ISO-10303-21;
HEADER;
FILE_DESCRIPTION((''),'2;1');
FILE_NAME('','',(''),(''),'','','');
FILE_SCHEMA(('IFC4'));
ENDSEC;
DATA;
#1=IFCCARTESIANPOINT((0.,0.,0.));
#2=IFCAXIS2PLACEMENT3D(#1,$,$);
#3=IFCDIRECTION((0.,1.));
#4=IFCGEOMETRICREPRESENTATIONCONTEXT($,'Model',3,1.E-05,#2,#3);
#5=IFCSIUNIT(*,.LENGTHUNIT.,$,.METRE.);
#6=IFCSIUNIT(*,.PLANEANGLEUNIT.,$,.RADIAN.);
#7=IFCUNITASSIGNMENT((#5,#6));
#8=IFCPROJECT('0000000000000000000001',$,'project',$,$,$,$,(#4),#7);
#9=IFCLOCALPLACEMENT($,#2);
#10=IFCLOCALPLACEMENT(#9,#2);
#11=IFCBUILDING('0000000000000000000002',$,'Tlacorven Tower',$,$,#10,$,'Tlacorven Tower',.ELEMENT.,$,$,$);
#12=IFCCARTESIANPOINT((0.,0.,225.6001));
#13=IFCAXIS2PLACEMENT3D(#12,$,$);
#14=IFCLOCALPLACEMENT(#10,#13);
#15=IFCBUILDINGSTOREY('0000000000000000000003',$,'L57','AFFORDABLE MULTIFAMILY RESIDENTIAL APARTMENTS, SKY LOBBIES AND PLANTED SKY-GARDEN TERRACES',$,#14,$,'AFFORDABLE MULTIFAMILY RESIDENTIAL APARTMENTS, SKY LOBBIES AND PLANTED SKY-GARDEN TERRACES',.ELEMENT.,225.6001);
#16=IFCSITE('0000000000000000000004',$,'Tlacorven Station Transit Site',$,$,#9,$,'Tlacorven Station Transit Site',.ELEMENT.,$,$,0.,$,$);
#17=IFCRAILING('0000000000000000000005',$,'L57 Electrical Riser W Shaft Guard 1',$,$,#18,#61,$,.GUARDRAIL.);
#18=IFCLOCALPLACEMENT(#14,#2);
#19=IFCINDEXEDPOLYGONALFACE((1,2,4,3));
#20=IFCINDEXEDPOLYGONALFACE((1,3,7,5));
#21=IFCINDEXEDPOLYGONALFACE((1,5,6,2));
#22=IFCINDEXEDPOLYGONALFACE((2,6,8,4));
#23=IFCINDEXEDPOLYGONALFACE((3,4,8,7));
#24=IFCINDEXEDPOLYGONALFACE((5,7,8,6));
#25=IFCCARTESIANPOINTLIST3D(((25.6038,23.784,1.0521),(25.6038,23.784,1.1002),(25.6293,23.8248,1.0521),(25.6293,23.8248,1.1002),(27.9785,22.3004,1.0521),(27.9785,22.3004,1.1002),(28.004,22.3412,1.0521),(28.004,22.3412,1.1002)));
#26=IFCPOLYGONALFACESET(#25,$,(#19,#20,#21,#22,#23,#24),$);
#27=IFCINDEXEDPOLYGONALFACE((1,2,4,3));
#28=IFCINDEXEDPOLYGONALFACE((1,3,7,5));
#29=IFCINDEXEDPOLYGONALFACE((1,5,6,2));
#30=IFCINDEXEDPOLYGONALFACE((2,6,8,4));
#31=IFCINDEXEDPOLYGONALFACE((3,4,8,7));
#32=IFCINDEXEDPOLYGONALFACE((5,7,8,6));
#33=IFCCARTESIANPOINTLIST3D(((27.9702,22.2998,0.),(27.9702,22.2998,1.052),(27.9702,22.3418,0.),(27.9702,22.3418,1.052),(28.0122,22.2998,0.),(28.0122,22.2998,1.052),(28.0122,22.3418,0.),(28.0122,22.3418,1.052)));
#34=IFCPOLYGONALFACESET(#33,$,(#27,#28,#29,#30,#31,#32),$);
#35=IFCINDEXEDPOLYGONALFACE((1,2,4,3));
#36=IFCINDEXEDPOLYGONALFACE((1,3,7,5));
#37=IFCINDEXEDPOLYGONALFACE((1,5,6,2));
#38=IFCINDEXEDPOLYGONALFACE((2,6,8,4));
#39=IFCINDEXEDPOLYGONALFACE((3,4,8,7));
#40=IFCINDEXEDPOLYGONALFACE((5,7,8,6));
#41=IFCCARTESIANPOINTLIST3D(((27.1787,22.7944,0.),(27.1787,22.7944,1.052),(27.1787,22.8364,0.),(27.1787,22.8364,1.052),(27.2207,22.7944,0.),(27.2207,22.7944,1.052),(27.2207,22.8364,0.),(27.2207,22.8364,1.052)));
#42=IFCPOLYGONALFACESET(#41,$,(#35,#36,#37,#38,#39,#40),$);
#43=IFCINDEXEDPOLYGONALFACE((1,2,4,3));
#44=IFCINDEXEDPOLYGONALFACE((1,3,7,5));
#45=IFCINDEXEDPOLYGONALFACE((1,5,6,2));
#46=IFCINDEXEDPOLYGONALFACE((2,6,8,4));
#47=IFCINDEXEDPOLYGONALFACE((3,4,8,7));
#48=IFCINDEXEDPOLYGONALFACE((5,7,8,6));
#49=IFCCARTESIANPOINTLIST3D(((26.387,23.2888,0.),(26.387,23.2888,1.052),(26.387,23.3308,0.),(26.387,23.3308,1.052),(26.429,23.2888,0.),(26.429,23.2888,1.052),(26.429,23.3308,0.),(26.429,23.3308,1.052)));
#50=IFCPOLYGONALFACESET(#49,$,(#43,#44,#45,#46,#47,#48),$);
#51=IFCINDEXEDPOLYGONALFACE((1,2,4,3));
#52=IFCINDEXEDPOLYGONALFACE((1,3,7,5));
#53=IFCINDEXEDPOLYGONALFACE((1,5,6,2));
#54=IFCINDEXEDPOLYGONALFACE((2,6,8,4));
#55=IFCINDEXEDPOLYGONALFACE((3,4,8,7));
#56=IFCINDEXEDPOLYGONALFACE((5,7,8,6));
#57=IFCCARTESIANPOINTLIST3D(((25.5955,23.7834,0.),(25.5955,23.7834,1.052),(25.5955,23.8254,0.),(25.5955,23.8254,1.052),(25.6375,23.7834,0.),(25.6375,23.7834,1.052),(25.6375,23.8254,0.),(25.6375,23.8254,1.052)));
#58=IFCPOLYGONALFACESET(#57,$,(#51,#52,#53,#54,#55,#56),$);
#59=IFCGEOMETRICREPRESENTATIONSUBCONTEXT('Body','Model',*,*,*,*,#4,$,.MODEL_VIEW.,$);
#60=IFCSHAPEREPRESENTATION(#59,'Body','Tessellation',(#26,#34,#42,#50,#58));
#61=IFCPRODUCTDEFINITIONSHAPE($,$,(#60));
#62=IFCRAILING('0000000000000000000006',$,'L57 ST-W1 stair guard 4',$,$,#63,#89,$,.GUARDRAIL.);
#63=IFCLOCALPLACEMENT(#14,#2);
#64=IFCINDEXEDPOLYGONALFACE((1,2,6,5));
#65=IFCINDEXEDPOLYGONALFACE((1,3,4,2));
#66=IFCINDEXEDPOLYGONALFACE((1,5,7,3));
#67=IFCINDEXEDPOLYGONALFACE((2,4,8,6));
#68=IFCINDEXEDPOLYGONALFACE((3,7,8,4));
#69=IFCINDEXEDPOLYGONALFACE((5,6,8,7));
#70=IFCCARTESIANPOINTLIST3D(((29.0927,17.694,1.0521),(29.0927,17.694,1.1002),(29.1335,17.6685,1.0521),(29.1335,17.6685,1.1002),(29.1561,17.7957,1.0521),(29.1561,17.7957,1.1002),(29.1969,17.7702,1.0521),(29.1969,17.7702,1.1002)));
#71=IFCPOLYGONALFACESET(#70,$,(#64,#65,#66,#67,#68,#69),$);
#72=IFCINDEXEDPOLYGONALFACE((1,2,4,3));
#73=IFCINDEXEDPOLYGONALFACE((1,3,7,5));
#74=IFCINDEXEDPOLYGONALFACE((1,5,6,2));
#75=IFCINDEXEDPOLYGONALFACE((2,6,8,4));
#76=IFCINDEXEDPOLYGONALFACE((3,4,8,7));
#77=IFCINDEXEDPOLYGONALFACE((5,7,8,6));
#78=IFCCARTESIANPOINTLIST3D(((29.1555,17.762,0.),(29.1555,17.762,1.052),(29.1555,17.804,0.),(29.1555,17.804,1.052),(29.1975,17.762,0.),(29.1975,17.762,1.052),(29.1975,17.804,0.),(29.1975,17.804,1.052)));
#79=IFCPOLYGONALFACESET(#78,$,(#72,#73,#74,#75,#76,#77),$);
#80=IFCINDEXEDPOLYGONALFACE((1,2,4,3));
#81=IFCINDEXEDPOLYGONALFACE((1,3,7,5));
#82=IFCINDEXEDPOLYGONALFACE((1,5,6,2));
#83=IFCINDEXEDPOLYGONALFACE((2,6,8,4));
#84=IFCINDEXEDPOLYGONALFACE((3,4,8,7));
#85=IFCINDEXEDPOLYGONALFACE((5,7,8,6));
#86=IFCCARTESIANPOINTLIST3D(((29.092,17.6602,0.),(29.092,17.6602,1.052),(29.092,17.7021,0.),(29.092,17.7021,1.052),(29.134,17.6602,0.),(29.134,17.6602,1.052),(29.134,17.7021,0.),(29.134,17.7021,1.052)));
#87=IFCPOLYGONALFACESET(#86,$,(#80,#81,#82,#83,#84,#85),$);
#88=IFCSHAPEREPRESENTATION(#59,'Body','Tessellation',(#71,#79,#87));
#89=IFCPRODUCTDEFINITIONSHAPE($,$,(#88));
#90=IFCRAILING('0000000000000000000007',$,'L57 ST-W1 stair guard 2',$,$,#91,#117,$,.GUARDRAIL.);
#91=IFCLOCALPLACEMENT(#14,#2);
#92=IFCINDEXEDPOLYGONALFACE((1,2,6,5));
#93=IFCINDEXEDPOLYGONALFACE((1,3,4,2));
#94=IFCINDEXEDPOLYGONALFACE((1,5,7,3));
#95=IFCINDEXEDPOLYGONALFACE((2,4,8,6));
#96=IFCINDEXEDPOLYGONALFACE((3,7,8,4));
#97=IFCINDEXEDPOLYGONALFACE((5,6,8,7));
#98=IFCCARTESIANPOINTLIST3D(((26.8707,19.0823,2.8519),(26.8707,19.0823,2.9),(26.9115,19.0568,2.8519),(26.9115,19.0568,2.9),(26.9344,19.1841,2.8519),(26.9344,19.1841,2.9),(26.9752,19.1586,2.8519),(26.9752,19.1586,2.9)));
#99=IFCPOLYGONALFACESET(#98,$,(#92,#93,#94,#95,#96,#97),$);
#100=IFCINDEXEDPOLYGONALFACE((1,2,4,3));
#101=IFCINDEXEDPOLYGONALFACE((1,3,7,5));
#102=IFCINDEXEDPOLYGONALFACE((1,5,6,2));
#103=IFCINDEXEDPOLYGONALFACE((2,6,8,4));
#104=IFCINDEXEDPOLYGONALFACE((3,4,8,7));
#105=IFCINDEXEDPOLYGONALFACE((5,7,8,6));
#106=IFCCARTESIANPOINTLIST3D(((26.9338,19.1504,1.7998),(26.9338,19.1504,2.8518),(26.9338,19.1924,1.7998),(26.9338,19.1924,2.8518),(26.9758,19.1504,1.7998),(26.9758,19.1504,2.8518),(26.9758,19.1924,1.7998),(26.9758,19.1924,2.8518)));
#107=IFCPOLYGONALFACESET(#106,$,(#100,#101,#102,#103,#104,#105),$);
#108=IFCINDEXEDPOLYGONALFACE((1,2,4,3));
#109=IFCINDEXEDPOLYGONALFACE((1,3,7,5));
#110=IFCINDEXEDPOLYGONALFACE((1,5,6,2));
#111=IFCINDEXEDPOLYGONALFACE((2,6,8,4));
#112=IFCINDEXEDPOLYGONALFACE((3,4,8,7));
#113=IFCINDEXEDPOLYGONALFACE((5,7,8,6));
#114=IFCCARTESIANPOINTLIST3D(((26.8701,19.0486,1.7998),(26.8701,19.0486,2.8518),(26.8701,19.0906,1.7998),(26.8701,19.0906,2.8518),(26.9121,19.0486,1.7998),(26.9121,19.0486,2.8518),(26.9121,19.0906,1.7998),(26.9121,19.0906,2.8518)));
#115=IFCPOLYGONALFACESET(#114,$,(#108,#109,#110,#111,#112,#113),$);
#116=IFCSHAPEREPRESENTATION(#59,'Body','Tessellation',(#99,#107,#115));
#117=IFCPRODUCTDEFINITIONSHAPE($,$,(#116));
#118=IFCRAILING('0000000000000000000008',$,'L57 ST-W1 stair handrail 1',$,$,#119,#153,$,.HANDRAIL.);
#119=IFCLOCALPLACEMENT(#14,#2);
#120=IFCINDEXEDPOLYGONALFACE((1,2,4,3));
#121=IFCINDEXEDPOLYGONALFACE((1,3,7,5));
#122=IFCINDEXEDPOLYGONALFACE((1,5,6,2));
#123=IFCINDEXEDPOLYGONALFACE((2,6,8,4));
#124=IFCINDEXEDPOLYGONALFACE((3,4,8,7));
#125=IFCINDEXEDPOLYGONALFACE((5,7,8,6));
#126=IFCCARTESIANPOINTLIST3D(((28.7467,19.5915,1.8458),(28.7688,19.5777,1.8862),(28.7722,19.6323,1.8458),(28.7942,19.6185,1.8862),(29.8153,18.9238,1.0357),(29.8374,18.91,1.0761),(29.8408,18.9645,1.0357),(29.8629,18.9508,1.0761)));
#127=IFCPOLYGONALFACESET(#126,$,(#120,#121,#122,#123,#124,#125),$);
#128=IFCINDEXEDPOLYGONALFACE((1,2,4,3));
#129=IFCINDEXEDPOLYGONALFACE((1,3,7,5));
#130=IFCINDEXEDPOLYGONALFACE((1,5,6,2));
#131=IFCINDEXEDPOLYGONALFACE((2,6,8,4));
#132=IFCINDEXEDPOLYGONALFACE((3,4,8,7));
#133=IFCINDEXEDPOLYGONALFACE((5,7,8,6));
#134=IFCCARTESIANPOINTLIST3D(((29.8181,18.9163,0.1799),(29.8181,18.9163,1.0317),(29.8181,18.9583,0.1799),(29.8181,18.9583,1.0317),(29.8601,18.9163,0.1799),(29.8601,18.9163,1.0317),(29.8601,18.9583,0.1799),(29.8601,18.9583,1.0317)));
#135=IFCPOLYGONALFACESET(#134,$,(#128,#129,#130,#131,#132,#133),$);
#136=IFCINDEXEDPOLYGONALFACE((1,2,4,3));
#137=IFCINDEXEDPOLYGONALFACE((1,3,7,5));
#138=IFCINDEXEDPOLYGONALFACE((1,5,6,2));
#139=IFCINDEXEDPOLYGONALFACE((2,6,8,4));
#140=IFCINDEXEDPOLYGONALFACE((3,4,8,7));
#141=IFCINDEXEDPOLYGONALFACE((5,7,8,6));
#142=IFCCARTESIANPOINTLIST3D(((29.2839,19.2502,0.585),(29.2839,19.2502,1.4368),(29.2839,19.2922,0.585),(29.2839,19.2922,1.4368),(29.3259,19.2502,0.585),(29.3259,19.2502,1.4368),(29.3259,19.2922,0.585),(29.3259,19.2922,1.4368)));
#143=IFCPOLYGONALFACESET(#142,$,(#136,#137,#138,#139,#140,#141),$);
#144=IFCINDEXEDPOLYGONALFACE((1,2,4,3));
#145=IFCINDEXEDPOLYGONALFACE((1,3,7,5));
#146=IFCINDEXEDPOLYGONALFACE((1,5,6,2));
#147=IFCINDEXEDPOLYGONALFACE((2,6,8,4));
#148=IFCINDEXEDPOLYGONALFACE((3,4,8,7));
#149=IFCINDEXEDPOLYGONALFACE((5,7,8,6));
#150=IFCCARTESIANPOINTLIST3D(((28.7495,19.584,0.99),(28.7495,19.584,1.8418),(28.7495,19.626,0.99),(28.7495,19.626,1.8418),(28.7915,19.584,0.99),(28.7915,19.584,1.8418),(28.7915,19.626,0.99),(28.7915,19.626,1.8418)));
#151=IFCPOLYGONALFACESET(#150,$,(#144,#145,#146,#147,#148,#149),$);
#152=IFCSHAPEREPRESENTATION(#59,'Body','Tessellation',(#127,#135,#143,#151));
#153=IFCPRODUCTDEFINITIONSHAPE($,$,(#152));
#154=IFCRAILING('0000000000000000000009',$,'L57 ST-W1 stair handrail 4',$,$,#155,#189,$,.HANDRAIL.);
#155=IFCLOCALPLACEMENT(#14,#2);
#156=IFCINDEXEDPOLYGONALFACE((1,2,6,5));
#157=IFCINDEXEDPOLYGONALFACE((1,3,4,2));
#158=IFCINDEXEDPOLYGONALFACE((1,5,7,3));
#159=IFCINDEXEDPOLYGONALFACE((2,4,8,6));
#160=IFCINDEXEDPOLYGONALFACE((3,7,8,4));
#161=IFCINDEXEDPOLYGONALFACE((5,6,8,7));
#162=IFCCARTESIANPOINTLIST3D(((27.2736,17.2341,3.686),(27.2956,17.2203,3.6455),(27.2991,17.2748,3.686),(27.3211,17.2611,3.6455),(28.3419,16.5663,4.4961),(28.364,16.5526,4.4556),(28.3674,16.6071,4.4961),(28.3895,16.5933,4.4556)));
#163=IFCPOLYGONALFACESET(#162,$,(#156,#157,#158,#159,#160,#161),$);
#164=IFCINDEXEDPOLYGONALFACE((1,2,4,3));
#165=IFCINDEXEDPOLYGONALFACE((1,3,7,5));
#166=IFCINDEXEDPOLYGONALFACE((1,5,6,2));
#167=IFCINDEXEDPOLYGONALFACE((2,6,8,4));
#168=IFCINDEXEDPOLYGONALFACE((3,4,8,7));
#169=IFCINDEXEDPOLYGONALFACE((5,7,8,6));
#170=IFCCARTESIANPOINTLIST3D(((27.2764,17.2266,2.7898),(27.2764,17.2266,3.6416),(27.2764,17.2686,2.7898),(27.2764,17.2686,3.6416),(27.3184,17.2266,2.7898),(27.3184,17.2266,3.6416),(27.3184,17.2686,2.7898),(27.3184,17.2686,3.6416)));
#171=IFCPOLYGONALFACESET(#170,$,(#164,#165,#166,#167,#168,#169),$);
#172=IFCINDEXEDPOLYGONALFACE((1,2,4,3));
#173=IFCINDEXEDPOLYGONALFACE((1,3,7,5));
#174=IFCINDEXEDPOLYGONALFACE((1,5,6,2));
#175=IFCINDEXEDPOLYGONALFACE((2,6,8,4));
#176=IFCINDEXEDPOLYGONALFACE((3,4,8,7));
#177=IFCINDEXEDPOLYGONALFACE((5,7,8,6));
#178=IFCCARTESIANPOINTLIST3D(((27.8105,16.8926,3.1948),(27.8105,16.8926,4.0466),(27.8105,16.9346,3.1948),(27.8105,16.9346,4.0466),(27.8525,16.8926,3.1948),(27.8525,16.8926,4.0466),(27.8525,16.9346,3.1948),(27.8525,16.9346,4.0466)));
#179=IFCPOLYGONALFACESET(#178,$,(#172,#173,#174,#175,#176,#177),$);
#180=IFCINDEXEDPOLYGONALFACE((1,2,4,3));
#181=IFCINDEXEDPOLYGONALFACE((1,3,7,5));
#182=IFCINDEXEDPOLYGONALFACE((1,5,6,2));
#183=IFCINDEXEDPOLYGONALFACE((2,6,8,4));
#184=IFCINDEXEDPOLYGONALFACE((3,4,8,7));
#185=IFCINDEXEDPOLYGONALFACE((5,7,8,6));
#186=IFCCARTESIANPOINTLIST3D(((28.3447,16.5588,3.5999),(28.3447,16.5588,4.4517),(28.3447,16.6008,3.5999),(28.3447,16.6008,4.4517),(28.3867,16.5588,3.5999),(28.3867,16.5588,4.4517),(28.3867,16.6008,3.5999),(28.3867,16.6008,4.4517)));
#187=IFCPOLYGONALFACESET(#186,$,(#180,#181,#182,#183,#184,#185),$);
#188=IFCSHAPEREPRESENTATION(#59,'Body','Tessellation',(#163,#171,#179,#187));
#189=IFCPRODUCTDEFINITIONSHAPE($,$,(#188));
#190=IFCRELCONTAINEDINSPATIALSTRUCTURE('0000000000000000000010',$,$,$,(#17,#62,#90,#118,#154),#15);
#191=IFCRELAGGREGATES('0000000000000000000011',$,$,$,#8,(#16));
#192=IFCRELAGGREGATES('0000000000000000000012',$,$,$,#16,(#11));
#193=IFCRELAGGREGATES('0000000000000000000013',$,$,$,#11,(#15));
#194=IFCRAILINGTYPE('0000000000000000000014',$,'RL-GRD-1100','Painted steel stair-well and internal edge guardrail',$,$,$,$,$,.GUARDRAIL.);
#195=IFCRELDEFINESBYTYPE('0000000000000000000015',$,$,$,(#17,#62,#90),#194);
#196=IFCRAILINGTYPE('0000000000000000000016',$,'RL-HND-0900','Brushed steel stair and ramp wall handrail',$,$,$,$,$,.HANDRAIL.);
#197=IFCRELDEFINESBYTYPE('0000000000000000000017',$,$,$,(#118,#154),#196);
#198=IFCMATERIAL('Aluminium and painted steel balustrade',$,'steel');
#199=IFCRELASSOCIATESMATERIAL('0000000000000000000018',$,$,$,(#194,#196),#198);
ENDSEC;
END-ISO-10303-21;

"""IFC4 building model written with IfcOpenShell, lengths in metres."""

from ifc_helpers import new_model, si_unit, direction, frame, origin, origin_2d, place, context, subcontext, project, spatial, rectangle, extrude, source, transform, mapped, material, type_object, element, save


model = new_model("IFC4")

# Units and contexts
model_context = context("Model", 3, precision=1e-05, world=origin(), true_north=direction((0.0, 1.0)))
body_context = subcontext(model_context, "Body", "Model", "MODEL_VIEW")
ifc_project = project(units=[si_unit("LENGTHUNIT", "METRE"), si_unit("PLANEANGLEUNIT", "RADIAN")], contexts=[model_context])

# Site, building, storey
site_placement = place(None, origin())
site = spatial("IfcSite", under=ifc_project, at=site_placement, Name="Tlacorven Station Transit Site", LongName="Tlacorven Station Transit Site", CompositionType="ELEMENT", RefElevation=0.0)
building_placement = place(site_placement, origin())
building = spatial("IfcBuilding", under=site, at=building_placement, Name="Tlacorven Tower", LongName="Tlacorven Tower", CompositionType="ELEMENT")
storey_placement = place(building_placement, frame((0.0, 0.0, 225.6001)))
storey = spatial("IfcBuildingStorey", under=building, at=storey_placement, Name="L57", Description="AFFORDABLE MULTIFAMILY RESIDENTIAL APARTMENTS, SKY LOBBIES AND PLANTED SKY-GARDEN TERRACES", LongName="AFFORDABLE MULTIFAMILY RESIDENTIAL APARTMENTS, SKY LOBBIES AND PLANTED SKY-GARDEN TERRACES", CompositionType="ELEMENT", Elevation=225.6001)

# Railings
ifc_material_1 = material(Name="Aluminium and painted steel balustrade", Category="steel")
railing_type_1 = type_object("IfcRailingType", Name="RL-GRD-1100", Description="Painted steel stair-well and internal edge guardrail", PredefinedType="GUARDRAIL", material=ifc_material_1)
shared_shape_1 = source(origin(), body_context, "Body", "SweptSolid", [
    extrude(rectangle(XDim=0.0481, YDim=0.0481, at=origin_2d()), frame((0.0, 0.0, 1.0762), z_axis=(-0.848091, 0.52985, 0.0), x_axis=(-0.52985, -0.848091, 0.0)), (0.0, 0.0, 1.0), 2.8),
    extrude(rectangle(XDim=0.042, YDim=0.042, at=origin_2d()), origin(), (0.0, 0.0, 1.0), 1.052),
    extrude(rectangle(XDim=0.042, YDim=0.042, at=origin_2d()), frame((-0.7915, 0.4946, 0.0)), (0.0, 0.0, 1.0), 1.052),
    extrude(rectangle(XDim=0.042, YDim=0.042, at=origin_2d()), frame((-1.5833, 0.989, 0.0)), (0.0, 0.0, 1.0), 1.052),
    extrude(rectangle(XDim=0.042, YDim=0.042, at=origin_2d()), frame((-2.3748, 1.4836, 0.0)), (0.0, 0.0, 1.0), 1.052),
])
railing_1_placement = place(storey_placement, frame((27.9912, 22.3208, 0.0)))
element("IfcRailing", 1, at=railing_1_placement, inside=storey, type_object=railing_type_1, Name="L57 Electrical Riser W Shaft Guard 1", PredefinedType="GUARDRAIL", context=body_context, shape_type="MappedRepresentation", body=[
    mapped(shared_shape_1, transform((0.0, 0.0, 0.0), scale=1.0)),
])
shared_shape_2 = source(origin(), body_context, "Body", "SweptSolid", [
    extrude(rectangle(XDim=0.0481, YDim=0.0481, at=origin_2d()), frame((0.0, 0.0, 1.0762), z_axis=(-0.529084, -0.848569, 0.0), x_axis=(0.848569, -0.529084, 0.0)), (0.0, 0.0, 1.0), 0.1199),
    extrude(rectangle(XDim=0.042, YDim=0.042, at=origin_2d()), origin(), (0.0, 0.0, 1.0), 1.052),
    extrude(rectangle(XDim=0.042, YDim=0.042, at=origin_2d()), frame((-0.0635, -0.1018, 0.0)), (0.0, 0.0, 1.0), 1.052),
])
railing_2_placement = place(storey_placement, frame((29.1765, 17.783, 0.0)))
element("IfcRailing", 2, at=railing_2_placement, inside=storey, type_object=railing_type_1, Name="L57 ST-W1 stair guard 4", PredefinedType="GUARDRAIL", context=body_context, shape_type="MappedRepresentation", body=[
    mapped(shared_shape_2, transform((0.0, 0.0, 0.0), scale=1.0)),
])
shared_shape_3 = source(origin(), body_context, "Body", "SweptSolid", [
    extrude(rectangle(XDim=0.0481, YDim=0.0481, at=origin_2d()), frame((0.0, 0.0, 1.0762), z_axis=(-0.530547, -0.847656, 0.0), x_axis=(0.847656, -0.530547, 0.0)), (0.0, 0.0, 1.0), 0.1201),
    extrude(rectangle(XDim=0.042, YDim=0.042, at=origin_2d()), origin(), (0.0, 0.0, 1.0), 1.052),
    extrude(rectangle(XDim=0.042, YDim=0.042, at=origin_2d()), frame((-0.0637, -0.1018, 0.0)), (0.0, 0.0, 1.0), 1.052),
])
railing_3_placement = place(storey_placement, frame((26.9548, 19.1714, 1.7998)))
element("IfcRailing", 3, at=railing_3_placement, inside=storey, type_object=railing_type_1, Name="L57 ST-W1 stair guard 2", PredefinedType="GUARDRAIL", context=body_context, shape_type="MappedRepresentation", body=[
    mapped(shared_shape_3, transform((0.0, 0.0, 0.0), scale=1.0)),
])
railing_type_2 = type_object("IfcRailingType", Name="RL-HND-0900", Description="Brushed steel stair and ramp wall handrail", PredefinedType="HANDRAIL", material=ifc_material_1)
shared_shape_4 = source(origin(), body_context, "Body", "SweptSolid", [
    extrude(rectangle(XDim=0.0481, YDim=0.0481, at=origin_2d()), frame((0.0, 0.0, 0.876), z_axis=(-0.71336, 0.445748, 0.540765), x_axis=(-0.529912, -0.848053, 0.0)), (0.0, 0.0, 1.0), 1.498),
    extrude(rectangle(XDim=0.042, YDim=0.042, at=origin_2d()), origin(), (0.0, 0.0, 1.0), 0.8518),
    extrude(rectangle(XDim=0.042, YDim=0.042, at=origin_2d()), frame((-0.5342, 0.334, 0.405)), (0.0, 0.0, 1.0), 0.8518),
    extrude(rectangle(XDim=0.042, YDim=0.042, at=origin_2d()), frame((-1.0686, 0.6677, 0.8101)), (0.0, 0.0, 1.0), 0.8518),
])
railing_4_placement = place(storey_placement, frame((29.8391, 18.9373, 0.1799)))
element("IfcRailing", 4, at=railing_4_placement, inside=storey, type_object=railing_type_2, Name="L57 ST-W1 stair handrail 1", PredefinedType="HANDRAIL", context=body_context, shape_type="MappedRepresentation", body=[
    mapped(shared_shape_4, transform((0.0, 0.0, 0.0), scale=1.0)),
])
shared_shape_5 = source(origin(), body_context, "Body", "SweptSolid", [
    extrude(rectangle(XDim=0.0481, YDim=0.0481, at=origin_2d()), frame((0.0, 0.0, 0.876), z_axis=(0.71328, -0.4458, 0.540828), x_axis=(0.529999, 0.847998, 0.0)), (0.0, 0.0, 1.0), 1.4978),
    extrude(rectangle(XDim=0.042, YDim=0.042, at=origin_2d()), origin(), (0.0, 0.0, 1.0), 0.8518),
    extrude(rectangle(XDim=0.042, YDim=0.042, at=origin_2d()), frame((0.5342, -0.334, 0.405)), (0.0, 0.0, 1.0), 0.8518),
    extrude(rectangle(XDim=0.042, YDim=0.042, at=origin_2d()), frame((1.0684, -0.6677, 0.8101)), (0.0, 0.0, 1.0), 0.8518),
])
railing_5_placement = place(storey_placement, frame((27.2974, 17.2476, 2.7898)))
element("IfcRailing", 5, at=railing_5_placement, inside=storey, type_object=railing_type_2, Name="L57 ST-W1 stair handrail 4", PredefinedType="HANDRAIL", context=body_context, shape_type="MappedRepresentation", body=[
    mapped(shared_shape_5, transform((0.0, 0.0, 0.0), scale=1.0)),
])

save(model, "model.ifc")
